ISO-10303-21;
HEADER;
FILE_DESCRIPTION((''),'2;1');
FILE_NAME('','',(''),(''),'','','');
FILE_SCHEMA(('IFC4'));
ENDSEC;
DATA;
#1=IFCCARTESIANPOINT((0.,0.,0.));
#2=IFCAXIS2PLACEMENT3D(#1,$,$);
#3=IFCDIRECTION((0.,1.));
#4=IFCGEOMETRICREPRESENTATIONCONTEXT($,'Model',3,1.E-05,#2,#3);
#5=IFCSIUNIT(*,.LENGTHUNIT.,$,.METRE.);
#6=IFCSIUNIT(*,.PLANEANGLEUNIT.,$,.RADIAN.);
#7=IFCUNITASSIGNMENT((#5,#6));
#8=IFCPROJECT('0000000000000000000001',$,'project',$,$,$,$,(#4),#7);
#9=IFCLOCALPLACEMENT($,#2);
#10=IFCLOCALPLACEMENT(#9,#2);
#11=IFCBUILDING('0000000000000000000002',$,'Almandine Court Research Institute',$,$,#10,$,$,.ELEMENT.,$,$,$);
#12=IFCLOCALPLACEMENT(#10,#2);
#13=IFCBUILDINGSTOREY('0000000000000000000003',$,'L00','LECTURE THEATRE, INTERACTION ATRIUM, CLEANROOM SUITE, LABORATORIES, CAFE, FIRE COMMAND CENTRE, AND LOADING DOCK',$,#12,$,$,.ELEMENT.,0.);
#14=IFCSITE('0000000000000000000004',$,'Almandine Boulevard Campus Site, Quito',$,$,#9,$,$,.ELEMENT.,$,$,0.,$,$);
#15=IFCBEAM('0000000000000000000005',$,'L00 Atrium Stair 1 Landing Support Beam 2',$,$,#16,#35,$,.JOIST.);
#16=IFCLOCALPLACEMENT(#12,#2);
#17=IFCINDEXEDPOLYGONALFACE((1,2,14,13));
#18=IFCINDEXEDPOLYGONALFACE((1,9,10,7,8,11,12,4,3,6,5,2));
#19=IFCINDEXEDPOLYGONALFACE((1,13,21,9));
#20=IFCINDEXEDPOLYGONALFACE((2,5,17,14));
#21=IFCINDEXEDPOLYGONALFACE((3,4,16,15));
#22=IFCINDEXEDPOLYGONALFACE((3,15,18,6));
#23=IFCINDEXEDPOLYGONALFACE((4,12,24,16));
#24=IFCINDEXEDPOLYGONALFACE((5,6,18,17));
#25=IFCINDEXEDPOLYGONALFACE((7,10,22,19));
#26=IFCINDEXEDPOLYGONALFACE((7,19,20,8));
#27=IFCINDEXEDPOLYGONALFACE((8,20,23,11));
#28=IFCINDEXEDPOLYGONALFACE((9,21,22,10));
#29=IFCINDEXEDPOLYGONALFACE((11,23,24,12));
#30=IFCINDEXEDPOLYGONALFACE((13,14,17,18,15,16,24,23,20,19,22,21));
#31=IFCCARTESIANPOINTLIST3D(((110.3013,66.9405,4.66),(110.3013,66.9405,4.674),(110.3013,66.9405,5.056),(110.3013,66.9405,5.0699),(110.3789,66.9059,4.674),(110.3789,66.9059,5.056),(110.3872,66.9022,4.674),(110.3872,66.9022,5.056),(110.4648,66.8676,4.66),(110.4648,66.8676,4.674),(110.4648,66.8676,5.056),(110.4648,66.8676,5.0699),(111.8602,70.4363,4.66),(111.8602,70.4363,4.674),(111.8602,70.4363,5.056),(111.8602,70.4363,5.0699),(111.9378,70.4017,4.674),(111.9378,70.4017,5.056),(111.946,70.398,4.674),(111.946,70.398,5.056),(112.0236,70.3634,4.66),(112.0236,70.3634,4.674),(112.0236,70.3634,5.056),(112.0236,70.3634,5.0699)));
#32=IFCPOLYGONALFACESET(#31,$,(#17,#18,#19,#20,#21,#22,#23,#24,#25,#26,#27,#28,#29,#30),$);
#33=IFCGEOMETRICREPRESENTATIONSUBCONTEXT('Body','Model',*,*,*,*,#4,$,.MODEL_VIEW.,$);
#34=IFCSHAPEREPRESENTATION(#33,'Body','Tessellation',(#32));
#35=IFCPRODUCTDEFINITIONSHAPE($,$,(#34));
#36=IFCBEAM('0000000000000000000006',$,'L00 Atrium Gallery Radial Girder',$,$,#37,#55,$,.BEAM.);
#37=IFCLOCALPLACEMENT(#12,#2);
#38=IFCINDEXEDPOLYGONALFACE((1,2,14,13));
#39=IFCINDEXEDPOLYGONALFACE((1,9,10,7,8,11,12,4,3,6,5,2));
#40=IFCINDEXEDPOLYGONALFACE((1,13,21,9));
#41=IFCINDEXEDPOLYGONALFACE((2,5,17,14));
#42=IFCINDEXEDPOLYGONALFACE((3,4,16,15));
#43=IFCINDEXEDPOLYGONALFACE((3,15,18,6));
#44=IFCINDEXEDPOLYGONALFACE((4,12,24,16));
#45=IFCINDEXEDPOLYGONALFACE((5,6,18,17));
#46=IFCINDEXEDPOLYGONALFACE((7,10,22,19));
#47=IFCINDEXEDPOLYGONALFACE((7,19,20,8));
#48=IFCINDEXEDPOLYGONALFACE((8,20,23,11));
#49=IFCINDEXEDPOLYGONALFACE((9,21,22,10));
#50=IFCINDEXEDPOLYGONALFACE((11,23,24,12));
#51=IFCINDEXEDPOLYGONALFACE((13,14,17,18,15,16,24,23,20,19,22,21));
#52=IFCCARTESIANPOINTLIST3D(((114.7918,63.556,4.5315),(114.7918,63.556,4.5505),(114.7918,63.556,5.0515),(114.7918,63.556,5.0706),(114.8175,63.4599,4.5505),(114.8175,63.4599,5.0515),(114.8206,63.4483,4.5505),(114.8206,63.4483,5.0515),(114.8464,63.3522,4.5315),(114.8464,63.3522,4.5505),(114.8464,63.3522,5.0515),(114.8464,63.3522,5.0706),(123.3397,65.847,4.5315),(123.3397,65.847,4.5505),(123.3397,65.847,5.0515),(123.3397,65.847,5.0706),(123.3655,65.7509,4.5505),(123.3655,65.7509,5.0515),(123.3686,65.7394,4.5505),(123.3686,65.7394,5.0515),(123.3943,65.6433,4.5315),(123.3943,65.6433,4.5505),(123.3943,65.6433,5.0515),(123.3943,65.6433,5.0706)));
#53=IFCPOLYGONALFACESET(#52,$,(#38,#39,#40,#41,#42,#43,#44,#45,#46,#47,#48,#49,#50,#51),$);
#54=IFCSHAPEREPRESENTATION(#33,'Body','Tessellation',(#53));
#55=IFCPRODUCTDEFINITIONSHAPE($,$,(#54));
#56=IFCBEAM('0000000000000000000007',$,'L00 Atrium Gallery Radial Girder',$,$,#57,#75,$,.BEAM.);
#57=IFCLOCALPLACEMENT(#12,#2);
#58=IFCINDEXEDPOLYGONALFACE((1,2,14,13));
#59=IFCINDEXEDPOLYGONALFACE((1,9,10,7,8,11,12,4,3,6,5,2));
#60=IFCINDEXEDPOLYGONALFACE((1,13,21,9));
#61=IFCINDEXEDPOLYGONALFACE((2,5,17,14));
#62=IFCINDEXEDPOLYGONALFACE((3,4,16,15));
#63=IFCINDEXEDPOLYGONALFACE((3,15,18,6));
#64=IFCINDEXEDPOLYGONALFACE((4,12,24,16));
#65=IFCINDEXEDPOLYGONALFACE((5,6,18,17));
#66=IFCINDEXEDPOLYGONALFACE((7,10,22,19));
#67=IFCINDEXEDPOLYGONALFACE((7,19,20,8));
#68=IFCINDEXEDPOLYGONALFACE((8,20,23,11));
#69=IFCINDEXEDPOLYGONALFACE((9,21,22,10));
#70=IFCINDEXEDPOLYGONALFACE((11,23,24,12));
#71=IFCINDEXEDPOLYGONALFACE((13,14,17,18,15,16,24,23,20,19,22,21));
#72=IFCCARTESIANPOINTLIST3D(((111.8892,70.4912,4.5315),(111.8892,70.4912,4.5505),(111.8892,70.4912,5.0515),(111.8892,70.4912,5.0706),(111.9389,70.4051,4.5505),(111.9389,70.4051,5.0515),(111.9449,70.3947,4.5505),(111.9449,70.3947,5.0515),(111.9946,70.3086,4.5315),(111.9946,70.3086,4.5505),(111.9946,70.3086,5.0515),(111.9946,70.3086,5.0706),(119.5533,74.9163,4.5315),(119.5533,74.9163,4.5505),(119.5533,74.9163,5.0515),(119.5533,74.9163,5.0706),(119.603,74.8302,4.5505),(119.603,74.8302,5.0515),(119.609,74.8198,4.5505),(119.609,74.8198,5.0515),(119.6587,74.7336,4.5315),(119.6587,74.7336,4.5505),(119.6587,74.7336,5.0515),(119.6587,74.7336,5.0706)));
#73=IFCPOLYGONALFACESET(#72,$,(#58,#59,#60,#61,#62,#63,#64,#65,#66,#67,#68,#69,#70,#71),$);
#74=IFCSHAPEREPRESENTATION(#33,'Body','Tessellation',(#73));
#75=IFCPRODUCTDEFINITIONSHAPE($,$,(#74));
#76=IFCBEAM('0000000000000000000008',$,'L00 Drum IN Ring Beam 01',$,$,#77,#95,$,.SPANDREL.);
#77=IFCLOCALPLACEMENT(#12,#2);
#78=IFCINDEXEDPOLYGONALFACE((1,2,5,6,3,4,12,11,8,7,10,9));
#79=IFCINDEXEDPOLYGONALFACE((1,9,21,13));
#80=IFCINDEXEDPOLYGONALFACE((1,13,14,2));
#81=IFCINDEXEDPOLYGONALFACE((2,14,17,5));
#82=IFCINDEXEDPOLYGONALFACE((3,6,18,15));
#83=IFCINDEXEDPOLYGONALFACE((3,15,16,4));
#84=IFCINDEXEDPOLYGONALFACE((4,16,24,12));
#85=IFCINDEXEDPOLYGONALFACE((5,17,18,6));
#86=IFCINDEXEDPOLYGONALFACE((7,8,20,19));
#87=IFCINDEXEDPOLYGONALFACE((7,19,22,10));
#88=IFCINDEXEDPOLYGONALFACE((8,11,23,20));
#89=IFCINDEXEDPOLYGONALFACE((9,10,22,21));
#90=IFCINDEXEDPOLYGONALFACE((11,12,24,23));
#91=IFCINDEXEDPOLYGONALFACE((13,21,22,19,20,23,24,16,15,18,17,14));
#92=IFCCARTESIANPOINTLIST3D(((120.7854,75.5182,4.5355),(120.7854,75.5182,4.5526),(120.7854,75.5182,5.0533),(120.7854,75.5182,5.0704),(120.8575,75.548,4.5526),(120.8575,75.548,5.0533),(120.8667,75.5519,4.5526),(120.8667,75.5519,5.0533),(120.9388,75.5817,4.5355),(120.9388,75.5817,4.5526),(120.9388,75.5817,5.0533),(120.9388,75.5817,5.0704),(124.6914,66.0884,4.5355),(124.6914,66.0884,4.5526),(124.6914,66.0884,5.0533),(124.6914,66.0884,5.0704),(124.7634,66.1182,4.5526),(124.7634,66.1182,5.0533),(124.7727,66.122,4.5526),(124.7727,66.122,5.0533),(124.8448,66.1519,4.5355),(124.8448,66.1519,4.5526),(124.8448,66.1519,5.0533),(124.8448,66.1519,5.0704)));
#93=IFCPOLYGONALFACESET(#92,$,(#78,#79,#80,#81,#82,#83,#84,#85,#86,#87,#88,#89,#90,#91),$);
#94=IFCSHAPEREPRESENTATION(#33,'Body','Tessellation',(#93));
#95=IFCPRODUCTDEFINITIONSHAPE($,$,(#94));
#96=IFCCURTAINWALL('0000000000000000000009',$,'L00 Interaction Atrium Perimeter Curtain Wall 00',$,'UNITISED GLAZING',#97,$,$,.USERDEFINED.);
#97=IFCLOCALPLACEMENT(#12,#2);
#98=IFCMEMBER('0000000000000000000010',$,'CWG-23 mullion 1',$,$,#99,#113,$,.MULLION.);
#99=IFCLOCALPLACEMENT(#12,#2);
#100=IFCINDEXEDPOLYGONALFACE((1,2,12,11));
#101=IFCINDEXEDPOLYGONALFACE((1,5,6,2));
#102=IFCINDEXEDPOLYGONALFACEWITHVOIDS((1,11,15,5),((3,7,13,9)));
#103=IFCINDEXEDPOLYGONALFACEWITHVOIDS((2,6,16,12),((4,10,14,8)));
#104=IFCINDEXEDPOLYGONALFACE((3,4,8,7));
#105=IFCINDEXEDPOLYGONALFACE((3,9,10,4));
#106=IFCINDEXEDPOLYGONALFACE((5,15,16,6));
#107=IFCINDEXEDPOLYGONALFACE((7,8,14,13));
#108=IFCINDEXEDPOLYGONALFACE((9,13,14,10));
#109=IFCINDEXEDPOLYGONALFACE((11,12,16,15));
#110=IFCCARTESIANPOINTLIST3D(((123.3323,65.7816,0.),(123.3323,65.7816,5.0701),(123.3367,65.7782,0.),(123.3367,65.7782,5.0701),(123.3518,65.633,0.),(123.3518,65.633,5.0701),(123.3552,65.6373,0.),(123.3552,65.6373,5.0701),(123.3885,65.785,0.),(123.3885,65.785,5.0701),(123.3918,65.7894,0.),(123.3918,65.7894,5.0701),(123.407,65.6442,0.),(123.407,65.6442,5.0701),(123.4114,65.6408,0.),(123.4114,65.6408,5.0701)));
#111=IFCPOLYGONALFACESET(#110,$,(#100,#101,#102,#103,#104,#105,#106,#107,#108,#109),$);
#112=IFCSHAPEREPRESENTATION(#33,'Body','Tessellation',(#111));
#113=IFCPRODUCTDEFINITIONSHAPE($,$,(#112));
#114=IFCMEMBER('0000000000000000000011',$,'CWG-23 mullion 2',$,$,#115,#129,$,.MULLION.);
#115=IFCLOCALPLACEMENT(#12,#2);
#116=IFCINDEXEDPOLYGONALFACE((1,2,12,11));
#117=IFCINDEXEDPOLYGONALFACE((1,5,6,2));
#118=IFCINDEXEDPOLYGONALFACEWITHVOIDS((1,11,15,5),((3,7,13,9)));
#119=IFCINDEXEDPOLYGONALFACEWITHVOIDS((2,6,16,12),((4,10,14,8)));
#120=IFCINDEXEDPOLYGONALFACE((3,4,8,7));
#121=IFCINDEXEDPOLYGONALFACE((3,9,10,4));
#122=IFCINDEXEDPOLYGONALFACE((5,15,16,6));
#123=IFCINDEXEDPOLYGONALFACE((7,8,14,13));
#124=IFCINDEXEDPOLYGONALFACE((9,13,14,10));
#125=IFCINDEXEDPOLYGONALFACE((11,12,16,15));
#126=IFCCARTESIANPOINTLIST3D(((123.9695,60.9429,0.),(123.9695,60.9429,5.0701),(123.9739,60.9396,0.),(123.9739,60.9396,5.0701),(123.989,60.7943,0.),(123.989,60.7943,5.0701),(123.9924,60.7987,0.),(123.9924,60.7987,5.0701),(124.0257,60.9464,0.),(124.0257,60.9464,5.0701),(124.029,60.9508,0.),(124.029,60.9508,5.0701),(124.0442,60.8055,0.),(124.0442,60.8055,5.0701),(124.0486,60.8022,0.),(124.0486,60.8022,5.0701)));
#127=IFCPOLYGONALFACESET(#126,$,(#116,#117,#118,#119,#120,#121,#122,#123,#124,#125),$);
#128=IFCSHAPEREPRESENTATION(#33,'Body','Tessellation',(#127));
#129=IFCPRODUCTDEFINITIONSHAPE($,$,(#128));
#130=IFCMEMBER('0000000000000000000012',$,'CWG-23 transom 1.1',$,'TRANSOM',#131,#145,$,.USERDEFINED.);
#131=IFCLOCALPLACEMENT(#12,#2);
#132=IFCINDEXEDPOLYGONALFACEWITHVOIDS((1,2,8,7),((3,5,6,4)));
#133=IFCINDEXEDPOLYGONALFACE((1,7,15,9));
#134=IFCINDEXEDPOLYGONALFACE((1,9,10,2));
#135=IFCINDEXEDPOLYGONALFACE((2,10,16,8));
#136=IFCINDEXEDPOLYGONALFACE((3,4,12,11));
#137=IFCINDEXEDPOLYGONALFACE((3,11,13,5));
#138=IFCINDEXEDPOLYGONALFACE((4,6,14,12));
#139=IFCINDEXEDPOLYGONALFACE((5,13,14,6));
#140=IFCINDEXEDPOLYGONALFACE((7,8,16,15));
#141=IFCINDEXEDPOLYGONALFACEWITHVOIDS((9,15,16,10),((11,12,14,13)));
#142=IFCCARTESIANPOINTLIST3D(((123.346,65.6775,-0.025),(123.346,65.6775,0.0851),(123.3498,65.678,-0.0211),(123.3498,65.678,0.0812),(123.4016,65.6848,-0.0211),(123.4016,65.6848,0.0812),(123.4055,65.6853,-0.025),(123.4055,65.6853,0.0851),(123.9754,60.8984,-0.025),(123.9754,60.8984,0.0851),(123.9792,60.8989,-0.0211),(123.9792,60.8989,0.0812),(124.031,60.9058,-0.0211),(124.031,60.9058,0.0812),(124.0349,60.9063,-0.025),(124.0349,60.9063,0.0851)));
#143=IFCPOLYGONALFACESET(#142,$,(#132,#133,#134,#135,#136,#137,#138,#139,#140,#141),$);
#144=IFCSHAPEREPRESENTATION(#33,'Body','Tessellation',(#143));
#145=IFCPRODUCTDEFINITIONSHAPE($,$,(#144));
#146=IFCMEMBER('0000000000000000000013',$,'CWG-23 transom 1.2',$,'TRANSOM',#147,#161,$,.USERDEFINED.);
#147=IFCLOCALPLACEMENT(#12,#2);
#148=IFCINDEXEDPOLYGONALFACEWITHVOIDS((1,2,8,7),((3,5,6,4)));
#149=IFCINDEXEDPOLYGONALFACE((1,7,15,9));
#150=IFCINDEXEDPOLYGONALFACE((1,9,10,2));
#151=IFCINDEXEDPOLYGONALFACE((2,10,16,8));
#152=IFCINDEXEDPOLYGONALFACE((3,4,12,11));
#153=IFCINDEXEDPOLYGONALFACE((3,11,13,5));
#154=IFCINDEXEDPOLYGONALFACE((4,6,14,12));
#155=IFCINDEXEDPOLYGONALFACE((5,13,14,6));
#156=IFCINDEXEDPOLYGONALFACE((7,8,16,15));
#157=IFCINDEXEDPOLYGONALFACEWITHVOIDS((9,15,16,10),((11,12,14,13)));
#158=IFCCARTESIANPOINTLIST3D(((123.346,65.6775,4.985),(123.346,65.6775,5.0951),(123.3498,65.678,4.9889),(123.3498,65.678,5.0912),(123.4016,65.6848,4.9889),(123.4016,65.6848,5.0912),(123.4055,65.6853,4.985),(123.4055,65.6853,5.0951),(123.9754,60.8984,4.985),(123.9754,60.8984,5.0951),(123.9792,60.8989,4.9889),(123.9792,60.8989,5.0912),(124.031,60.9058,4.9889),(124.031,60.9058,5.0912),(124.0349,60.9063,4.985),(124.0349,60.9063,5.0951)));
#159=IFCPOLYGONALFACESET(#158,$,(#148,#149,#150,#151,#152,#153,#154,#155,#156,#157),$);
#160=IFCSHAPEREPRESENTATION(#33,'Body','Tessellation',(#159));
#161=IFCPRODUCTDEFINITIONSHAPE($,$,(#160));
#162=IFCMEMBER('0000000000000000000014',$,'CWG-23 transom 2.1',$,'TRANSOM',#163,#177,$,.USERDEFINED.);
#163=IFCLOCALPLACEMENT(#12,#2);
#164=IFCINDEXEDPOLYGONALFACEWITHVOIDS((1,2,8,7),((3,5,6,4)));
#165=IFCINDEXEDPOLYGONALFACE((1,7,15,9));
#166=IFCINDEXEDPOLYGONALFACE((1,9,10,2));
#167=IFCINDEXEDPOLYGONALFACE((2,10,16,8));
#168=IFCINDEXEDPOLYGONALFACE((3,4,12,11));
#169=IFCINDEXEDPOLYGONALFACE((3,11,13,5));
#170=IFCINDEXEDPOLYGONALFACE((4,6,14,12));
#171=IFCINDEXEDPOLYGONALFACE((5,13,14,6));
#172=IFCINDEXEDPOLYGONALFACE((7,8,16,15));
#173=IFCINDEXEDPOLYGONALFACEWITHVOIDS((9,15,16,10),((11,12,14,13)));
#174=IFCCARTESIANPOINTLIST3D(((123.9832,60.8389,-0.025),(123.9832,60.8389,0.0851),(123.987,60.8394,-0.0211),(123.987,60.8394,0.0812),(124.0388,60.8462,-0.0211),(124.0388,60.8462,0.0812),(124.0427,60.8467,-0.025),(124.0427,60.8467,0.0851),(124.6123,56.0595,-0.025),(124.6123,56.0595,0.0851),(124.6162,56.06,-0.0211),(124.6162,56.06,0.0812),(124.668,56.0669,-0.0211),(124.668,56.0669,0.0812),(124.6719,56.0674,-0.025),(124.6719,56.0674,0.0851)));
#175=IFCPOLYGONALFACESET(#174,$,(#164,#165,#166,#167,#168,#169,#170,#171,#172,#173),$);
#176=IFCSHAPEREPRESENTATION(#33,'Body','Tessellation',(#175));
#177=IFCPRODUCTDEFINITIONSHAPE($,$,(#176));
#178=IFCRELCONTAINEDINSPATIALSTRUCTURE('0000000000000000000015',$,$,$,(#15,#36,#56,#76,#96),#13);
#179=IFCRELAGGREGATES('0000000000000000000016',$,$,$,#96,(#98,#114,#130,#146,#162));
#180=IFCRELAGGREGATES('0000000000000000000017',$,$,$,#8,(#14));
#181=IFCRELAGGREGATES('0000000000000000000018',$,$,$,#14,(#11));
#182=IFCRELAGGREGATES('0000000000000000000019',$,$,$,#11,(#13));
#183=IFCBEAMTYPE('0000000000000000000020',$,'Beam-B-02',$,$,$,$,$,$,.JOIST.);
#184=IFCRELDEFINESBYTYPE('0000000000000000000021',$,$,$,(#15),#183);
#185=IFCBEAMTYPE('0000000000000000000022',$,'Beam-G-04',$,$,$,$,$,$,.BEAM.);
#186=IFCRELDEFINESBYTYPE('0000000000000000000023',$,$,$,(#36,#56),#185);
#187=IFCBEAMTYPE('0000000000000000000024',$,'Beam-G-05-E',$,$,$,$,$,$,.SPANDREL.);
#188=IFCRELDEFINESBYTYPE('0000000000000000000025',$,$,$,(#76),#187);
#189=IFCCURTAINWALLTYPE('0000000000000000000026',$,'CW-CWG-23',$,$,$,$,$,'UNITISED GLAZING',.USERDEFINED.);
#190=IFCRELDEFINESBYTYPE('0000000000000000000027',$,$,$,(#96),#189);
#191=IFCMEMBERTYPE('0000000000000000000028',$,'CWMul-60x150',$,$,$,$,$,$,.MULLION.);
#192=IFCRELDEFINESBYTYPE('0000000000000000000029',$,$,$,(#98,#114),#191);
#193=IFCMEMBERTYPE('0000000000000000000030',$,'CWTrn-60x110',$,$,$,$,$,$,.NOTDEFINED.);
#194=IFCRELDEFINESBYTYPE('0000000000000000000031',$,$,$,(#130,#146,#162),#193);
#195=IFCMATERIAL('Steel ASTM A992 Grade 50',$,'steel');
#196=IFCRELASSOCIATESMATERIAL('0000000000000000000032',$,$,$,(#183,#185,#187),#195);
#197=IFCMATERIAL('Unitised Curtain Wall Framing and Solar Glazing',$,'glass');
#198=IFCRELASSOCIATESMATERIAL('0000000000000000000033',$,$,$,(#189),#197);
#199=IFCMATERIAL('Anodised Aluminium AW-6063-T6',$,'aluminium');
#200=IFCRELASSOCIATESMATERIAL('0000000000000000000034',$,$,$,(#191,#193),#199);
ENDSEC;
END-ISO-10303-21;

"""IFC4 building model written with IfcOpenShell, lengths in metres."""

from ifc_helpers import new_model, si_unit, direction, frame, origin, origin_2d, place, context, subcontext, project, spatial, hollow_rectangle, i_section, extrude, material, material_profile, profile_set, type_object, element, aggregate, save


model = new_model("IFC4")

# Units and contexts
model_context = context("Model", 3, precision=1e-05, world=origin(), true_north=direction((0.0, 1.0)))
body_context = subcontext(model_context, "Body", "Model", "MODEL_VIEW")
ifc_project = project(units=[si_unit("LENGTHUNIT", "METRE"), si_unit("PLANEANGLEUNIT", "RADIAN")], contexts=[model_context])

# Site, building, storey
site_placement = place(None, origin())
site = spatial("IfcSite", under=ifc_project, at=site_placement, Name="Almandine Boulevard Campus Site, Quito", CompositionType="ELEMENT", RefElevation=0.0)
building_placement = place(site_placement, origin())
building = spatial("IfcBuilding", under=site, at=building_placement, Name="Almandine Court Research Institute", CompositionType="ELEMENT")
storey_placement = place(building_placement, origin())
storey = spatial("IfcBuildingStorey", under=building, at=storey_placement, Name="L00", Description="LECTURE THEATRE, INTERACTION ATRIUM, CLEANROOM SUITE, LABORATORIES, CAFE, FIRE COMMAND CENTRE, AND LOADING DOCK", CompositionType="ELEMENT", Elevation=0.0)

# Shared definitions
ifc_material_1 = material(Name="Steel ASTM A992 Grade 50", Category="steel")

# Beams
ifc_material_profile_1 = material_profile(ifc_material_1, i_section(OverallWidth=0.179, OverallDepth=0.4099, WebThickness=0.009, FlangeThickness=0.0139, at=origin_2d()), Name="W410x67")
ifc_profile_set_1 = profile_set([ifc_material_profile_1], Name="Steel ASTM A992 Grade 50")
beam_type_1 = type_object("IfcBeamType", Name="Beam-B-02", PredefinedType="JOIST", material=ifc_profile_set_1)
beam_1_placement = place(storey_placement, frame((110.3831, 66.9041, 4.865), z_axis=(0.407257, 0.913314, 0.0), x_axis=(-0.913314, 0.407257, 0.0)))
element("IfcBeam", 1, at=beam_1_placement, inside=storey, type_object=beam_type_1, Name="L00 Atrium Stair 1 Landing Support Beam 2", PredefinedType="JOIST", context=body_context, shape_type="SweptSolid", body=[
    extrude(i_section(OverallWidth=0.179, OverallDepth=0.4099, WebThickness=0.009, FlangeThickness=0.0139, at=origin_2d()), origin(), (0.0, 0.0, 1.0), 3.8276),
])
ifc_material_profile_2 = material_profile(ifc_material_1, i_section(OverallWidth=0.2109, OverallDepth=0.5391, WebThickness=0.012, FlangeThickness=0.019, at=origin_2d()), Name="W530x109")
ifc_profile_set_2 = profile_set([ifc_material_profile_2], Name="Steel ASTM A992 Grade 50")
beam_type_2 = type_object("IfcBeamType", Name="Beam-G-04", PredefinedType="BEAM", material=ifc_profile_set_2)
beam_2_placement = place(storey_placement, frame((114.8191, 63.4541, 4.801), z_axis=(0.965908, 0.258885, 0.0), x_axis=(-0.258885, 0.965908, 0.0)))
element("IfcBeam", 2, at=beam_2_placement, inside=storey, type_object=beam_type_2, Name="L00 Atrium Gallery Radial Girder", PredefinedType="BEAM", context=body_context, shape_type="SweptSolid", body=[
    extrude(i_section(OverallWidth=0.2109, OverallDepth=0.5391, WebThickness=0.012, FlangeThickness=0.019, at=origin_2d()), origin(), (0.0, 0.0, 1.0), 8.8496),
])
beam_3_placement = place(storey_placement, frame((111.9419, 70.3999, 4.801), z_axis=(0.866016, 0.500017, 0.0), x_axis=(-0.500017, 0.866016, 0.0)))
element("IfcBeam", 3, at=beam_3_placement, inside=storey, type_object=beam_type_2, Name="L00 Atrium Gallery Radial Girder", PredefinedType="BEAM", context=body_context, shape_type="SweptSolid", body=[
    extrude(i_section(OverallWidth=0.2109, OverallDepth=0.5391, WebThickness=0.012, FlangeThickness=0.019, at=origin_2d()), origin(), (0.0, 0.0, 1.0), 8.8499),
])
ifc_material_profile_3 = material_profile(ifc_material_1, i_section(OverallWidth=0.166, OverallDepth=0.5349, WebThickness=0.01, FlangeThickness=0.0171, at=origin_2d()), Name="W530x85")
ifc_profile_set_3 = profile_set([ifc_material_profile_3], Name="Steel ASTM A992 Grade 50")
beam_type_3 = type_object("IfcBeamType", Name="Beam-G-05-E", PredefinedType="SPANDREL", material=ifc_profile_set_3)
beam_4_placement = place(storey_placement, frame((124.7681, 66.1201, 4.803), z_axis=(-0.382683, 0.92388, 0.0), x_axis=(-0.92388, -0.382683, 0.0)))
element("IfcBeam", 4, at=beam_4_placement, inside=storey, type_object=beam_type_3, Name="L00 Drum IN Ring Beam 01", PredefinedType="SPANDREL", context=body_context, shape_type="SweptSolid", body=[
    extrude(i_section(OverallWidth=0.166, OverallDepth=0.5349, WebThickness=0.01, FlangeThickness=0.0171, at=origin_2d()), origin(), (0.0, 0.0, 1.0), 10.2068),
])

# Curtain wall, members
ifc_material_2 = material(Name="Unitised Curtain Wall Framing and Solar Glazing", Category="glass")
curtain_wall_type = type_object("IfcCurtainWallType", Name="CW-CWG-23", ElementType="UNITISED GLAZING", PredefinedType="USERDEFINED", material=ifc_material_2)
curtain_wall_placement = place(storey_placement, origin())
curtain_wall = element("IfcCurtainWall", 5, at=curtain_wall_placement, inside=storey, type_object=curtain_wall_type, Name="L00 Interaction Atrium Perimeter Curtain Wall 00", ObjectType="UNITISED GLAZING", PredefinedType="USERDEFINED")
ifc_material_3 = material(Name="Anodised Aluminium AW-6063-T6", Category="aluminium")
ifc_material_profile_4 = material_profile(ifc_material_3, hollow_rectangle(XDim=0.0601, YDim=0.1499, WallThickness=0.0039, at=origin_2d()), Name="ALU RHS 60x150x4")
ifc_profile_set_4 = profile_set([ifc_material_profile_4], Name="Anodised Aluminium AW-6063-T6")
member_type_1 = type_object("IfcMemberType", Name="CWMul-60x150", PredefinedType="MULLION", material=ifc_profile_set_4)
member_1_placement = place(storey_placement, frame((123.3718, 65.7112, 0.0), z_axis=(0.0, 0.0, 1.0), x_axis=(0.991444, 0.130536, 0.0)))
member_1 = element("IfcMember", 6, at=member_1_placement, type_object=member_type_1, Name="CWG-23 mullion 1", PredefinedType="MULLION", context=body_context, shape_type="SweptSolid", body=[
    extrude(hollow_rectangle(XDim=0.0601, YDim=0.1499, WallThickness=0.0039, at=origin_2d()), origin(), (0.0, 0.0, 1.0), 5.0701),
])
member_2_placement = place(storey_placement, frame((124.009, 60.8726, 0.0), z_axis=(0.0, 0.0, 1.0), x_axis=(0.991444, 0.130536, 0.0)))
member_2 = element("IfcMember", 7, at=member_2_placement, type_object=member_type_1, Name="CWG-23 mullion 2", PredefinedType="MULLION", context=body_context, shape_type="SweptSolid", body=[
    extrude(hollow_rectangle(XDim=0.0601, YDim=0.1499, WallThickness=0.0039, at=origin_2d()), origin(), (0.0, 0.0, 1.0), 5.0701),
])
ifc_material_profile_5 = material_profile(ifc_material_3, hollow_rectangle(XDim=0.0601, YDim=0.1101, WallThickness=0.0039, at=origin_2d()), Name="ALU RHS 60x110x4")
ifc_profile_set_5 = profile_set([ifc_material_profile_5], Name="Anodised Aluminium AW-6063-T6")
member_type_2 = type_object("IfcMemberType", Name="CWTrn-60x110", PredefinedType="NOTDEFINED", material=ifc_profile_set_5)
member_3_placement = place(storey_placement, frame((123.3757, 65.6814, 0.03), z_axis=(0.130571, -0.991439, 0.0), x_axis=(0.991439, 0.130571, 0.0)))
member_3 = element("IfcMember", 8, at=member_3_placement, type_object=member_type_2, Name="CWG-23 transom 1.1", ObjectType="TRANSOM", PredefinedType="USERDEFINED", context=body_context, shape_type="SweptSolid", body=[
    extrude(hollow_rectangle(XDim=0.0601, YDim=0.1101, WallThickness=0.0039, at=origin_2d()), origin(), (0.0, 0.0, 1.0), 4.8203),
])
member_4_placement = place(storey_placement, frame((123.3757, 65.6814, 5.04), z_axis=(0.130571, -0.991439, 0.0), x_axis=(0.991439, 0.130571, 0.0)))
member_4 = element("IfcMember", 9, at=member_4_placement, type_object=member_type_2, Name="CWG-23 transom 1.2", ObjectType="TRANSOM", PredefinedType="USERDEFINED", context=body_context, shape_type="SweptSolid", body=[
    extrude(hollow_rectangle(XDim=0.0601, YDim=0.1101, WallThickness=0.0039, at=origin_2d()), origin(), (0.0, 0.0, 1.0), 4.8203),
])
member_5_placement = place(storey_placement, frame((124.0129, 60.8428, 0.03), z_axis=(0.130515, -0.991446, 0.0), x_axis=(0.991446, 0.130515, 0.0)))
member_5 = element("IfcMember", 10, at=member_5_placement, type_object=member_type_2, Name="CWG-23 transom 2.1", ObjectType="TRANSOM", PredefinedType="USERDEFINED", context=body_context, shape_type="SweptSolid", body=[
    extrude(hollow_rectangle(XDim=0.0601, YDim=0.1101, WallThickness=0.0039, at=origin_2d()), origin(), (0.0, 0.0, 1.0), 4.8206),
])
aggregate(curtain_wall, [member_1, member_2, member_3, member_4, member_5])

save(model, "model.ifc")
